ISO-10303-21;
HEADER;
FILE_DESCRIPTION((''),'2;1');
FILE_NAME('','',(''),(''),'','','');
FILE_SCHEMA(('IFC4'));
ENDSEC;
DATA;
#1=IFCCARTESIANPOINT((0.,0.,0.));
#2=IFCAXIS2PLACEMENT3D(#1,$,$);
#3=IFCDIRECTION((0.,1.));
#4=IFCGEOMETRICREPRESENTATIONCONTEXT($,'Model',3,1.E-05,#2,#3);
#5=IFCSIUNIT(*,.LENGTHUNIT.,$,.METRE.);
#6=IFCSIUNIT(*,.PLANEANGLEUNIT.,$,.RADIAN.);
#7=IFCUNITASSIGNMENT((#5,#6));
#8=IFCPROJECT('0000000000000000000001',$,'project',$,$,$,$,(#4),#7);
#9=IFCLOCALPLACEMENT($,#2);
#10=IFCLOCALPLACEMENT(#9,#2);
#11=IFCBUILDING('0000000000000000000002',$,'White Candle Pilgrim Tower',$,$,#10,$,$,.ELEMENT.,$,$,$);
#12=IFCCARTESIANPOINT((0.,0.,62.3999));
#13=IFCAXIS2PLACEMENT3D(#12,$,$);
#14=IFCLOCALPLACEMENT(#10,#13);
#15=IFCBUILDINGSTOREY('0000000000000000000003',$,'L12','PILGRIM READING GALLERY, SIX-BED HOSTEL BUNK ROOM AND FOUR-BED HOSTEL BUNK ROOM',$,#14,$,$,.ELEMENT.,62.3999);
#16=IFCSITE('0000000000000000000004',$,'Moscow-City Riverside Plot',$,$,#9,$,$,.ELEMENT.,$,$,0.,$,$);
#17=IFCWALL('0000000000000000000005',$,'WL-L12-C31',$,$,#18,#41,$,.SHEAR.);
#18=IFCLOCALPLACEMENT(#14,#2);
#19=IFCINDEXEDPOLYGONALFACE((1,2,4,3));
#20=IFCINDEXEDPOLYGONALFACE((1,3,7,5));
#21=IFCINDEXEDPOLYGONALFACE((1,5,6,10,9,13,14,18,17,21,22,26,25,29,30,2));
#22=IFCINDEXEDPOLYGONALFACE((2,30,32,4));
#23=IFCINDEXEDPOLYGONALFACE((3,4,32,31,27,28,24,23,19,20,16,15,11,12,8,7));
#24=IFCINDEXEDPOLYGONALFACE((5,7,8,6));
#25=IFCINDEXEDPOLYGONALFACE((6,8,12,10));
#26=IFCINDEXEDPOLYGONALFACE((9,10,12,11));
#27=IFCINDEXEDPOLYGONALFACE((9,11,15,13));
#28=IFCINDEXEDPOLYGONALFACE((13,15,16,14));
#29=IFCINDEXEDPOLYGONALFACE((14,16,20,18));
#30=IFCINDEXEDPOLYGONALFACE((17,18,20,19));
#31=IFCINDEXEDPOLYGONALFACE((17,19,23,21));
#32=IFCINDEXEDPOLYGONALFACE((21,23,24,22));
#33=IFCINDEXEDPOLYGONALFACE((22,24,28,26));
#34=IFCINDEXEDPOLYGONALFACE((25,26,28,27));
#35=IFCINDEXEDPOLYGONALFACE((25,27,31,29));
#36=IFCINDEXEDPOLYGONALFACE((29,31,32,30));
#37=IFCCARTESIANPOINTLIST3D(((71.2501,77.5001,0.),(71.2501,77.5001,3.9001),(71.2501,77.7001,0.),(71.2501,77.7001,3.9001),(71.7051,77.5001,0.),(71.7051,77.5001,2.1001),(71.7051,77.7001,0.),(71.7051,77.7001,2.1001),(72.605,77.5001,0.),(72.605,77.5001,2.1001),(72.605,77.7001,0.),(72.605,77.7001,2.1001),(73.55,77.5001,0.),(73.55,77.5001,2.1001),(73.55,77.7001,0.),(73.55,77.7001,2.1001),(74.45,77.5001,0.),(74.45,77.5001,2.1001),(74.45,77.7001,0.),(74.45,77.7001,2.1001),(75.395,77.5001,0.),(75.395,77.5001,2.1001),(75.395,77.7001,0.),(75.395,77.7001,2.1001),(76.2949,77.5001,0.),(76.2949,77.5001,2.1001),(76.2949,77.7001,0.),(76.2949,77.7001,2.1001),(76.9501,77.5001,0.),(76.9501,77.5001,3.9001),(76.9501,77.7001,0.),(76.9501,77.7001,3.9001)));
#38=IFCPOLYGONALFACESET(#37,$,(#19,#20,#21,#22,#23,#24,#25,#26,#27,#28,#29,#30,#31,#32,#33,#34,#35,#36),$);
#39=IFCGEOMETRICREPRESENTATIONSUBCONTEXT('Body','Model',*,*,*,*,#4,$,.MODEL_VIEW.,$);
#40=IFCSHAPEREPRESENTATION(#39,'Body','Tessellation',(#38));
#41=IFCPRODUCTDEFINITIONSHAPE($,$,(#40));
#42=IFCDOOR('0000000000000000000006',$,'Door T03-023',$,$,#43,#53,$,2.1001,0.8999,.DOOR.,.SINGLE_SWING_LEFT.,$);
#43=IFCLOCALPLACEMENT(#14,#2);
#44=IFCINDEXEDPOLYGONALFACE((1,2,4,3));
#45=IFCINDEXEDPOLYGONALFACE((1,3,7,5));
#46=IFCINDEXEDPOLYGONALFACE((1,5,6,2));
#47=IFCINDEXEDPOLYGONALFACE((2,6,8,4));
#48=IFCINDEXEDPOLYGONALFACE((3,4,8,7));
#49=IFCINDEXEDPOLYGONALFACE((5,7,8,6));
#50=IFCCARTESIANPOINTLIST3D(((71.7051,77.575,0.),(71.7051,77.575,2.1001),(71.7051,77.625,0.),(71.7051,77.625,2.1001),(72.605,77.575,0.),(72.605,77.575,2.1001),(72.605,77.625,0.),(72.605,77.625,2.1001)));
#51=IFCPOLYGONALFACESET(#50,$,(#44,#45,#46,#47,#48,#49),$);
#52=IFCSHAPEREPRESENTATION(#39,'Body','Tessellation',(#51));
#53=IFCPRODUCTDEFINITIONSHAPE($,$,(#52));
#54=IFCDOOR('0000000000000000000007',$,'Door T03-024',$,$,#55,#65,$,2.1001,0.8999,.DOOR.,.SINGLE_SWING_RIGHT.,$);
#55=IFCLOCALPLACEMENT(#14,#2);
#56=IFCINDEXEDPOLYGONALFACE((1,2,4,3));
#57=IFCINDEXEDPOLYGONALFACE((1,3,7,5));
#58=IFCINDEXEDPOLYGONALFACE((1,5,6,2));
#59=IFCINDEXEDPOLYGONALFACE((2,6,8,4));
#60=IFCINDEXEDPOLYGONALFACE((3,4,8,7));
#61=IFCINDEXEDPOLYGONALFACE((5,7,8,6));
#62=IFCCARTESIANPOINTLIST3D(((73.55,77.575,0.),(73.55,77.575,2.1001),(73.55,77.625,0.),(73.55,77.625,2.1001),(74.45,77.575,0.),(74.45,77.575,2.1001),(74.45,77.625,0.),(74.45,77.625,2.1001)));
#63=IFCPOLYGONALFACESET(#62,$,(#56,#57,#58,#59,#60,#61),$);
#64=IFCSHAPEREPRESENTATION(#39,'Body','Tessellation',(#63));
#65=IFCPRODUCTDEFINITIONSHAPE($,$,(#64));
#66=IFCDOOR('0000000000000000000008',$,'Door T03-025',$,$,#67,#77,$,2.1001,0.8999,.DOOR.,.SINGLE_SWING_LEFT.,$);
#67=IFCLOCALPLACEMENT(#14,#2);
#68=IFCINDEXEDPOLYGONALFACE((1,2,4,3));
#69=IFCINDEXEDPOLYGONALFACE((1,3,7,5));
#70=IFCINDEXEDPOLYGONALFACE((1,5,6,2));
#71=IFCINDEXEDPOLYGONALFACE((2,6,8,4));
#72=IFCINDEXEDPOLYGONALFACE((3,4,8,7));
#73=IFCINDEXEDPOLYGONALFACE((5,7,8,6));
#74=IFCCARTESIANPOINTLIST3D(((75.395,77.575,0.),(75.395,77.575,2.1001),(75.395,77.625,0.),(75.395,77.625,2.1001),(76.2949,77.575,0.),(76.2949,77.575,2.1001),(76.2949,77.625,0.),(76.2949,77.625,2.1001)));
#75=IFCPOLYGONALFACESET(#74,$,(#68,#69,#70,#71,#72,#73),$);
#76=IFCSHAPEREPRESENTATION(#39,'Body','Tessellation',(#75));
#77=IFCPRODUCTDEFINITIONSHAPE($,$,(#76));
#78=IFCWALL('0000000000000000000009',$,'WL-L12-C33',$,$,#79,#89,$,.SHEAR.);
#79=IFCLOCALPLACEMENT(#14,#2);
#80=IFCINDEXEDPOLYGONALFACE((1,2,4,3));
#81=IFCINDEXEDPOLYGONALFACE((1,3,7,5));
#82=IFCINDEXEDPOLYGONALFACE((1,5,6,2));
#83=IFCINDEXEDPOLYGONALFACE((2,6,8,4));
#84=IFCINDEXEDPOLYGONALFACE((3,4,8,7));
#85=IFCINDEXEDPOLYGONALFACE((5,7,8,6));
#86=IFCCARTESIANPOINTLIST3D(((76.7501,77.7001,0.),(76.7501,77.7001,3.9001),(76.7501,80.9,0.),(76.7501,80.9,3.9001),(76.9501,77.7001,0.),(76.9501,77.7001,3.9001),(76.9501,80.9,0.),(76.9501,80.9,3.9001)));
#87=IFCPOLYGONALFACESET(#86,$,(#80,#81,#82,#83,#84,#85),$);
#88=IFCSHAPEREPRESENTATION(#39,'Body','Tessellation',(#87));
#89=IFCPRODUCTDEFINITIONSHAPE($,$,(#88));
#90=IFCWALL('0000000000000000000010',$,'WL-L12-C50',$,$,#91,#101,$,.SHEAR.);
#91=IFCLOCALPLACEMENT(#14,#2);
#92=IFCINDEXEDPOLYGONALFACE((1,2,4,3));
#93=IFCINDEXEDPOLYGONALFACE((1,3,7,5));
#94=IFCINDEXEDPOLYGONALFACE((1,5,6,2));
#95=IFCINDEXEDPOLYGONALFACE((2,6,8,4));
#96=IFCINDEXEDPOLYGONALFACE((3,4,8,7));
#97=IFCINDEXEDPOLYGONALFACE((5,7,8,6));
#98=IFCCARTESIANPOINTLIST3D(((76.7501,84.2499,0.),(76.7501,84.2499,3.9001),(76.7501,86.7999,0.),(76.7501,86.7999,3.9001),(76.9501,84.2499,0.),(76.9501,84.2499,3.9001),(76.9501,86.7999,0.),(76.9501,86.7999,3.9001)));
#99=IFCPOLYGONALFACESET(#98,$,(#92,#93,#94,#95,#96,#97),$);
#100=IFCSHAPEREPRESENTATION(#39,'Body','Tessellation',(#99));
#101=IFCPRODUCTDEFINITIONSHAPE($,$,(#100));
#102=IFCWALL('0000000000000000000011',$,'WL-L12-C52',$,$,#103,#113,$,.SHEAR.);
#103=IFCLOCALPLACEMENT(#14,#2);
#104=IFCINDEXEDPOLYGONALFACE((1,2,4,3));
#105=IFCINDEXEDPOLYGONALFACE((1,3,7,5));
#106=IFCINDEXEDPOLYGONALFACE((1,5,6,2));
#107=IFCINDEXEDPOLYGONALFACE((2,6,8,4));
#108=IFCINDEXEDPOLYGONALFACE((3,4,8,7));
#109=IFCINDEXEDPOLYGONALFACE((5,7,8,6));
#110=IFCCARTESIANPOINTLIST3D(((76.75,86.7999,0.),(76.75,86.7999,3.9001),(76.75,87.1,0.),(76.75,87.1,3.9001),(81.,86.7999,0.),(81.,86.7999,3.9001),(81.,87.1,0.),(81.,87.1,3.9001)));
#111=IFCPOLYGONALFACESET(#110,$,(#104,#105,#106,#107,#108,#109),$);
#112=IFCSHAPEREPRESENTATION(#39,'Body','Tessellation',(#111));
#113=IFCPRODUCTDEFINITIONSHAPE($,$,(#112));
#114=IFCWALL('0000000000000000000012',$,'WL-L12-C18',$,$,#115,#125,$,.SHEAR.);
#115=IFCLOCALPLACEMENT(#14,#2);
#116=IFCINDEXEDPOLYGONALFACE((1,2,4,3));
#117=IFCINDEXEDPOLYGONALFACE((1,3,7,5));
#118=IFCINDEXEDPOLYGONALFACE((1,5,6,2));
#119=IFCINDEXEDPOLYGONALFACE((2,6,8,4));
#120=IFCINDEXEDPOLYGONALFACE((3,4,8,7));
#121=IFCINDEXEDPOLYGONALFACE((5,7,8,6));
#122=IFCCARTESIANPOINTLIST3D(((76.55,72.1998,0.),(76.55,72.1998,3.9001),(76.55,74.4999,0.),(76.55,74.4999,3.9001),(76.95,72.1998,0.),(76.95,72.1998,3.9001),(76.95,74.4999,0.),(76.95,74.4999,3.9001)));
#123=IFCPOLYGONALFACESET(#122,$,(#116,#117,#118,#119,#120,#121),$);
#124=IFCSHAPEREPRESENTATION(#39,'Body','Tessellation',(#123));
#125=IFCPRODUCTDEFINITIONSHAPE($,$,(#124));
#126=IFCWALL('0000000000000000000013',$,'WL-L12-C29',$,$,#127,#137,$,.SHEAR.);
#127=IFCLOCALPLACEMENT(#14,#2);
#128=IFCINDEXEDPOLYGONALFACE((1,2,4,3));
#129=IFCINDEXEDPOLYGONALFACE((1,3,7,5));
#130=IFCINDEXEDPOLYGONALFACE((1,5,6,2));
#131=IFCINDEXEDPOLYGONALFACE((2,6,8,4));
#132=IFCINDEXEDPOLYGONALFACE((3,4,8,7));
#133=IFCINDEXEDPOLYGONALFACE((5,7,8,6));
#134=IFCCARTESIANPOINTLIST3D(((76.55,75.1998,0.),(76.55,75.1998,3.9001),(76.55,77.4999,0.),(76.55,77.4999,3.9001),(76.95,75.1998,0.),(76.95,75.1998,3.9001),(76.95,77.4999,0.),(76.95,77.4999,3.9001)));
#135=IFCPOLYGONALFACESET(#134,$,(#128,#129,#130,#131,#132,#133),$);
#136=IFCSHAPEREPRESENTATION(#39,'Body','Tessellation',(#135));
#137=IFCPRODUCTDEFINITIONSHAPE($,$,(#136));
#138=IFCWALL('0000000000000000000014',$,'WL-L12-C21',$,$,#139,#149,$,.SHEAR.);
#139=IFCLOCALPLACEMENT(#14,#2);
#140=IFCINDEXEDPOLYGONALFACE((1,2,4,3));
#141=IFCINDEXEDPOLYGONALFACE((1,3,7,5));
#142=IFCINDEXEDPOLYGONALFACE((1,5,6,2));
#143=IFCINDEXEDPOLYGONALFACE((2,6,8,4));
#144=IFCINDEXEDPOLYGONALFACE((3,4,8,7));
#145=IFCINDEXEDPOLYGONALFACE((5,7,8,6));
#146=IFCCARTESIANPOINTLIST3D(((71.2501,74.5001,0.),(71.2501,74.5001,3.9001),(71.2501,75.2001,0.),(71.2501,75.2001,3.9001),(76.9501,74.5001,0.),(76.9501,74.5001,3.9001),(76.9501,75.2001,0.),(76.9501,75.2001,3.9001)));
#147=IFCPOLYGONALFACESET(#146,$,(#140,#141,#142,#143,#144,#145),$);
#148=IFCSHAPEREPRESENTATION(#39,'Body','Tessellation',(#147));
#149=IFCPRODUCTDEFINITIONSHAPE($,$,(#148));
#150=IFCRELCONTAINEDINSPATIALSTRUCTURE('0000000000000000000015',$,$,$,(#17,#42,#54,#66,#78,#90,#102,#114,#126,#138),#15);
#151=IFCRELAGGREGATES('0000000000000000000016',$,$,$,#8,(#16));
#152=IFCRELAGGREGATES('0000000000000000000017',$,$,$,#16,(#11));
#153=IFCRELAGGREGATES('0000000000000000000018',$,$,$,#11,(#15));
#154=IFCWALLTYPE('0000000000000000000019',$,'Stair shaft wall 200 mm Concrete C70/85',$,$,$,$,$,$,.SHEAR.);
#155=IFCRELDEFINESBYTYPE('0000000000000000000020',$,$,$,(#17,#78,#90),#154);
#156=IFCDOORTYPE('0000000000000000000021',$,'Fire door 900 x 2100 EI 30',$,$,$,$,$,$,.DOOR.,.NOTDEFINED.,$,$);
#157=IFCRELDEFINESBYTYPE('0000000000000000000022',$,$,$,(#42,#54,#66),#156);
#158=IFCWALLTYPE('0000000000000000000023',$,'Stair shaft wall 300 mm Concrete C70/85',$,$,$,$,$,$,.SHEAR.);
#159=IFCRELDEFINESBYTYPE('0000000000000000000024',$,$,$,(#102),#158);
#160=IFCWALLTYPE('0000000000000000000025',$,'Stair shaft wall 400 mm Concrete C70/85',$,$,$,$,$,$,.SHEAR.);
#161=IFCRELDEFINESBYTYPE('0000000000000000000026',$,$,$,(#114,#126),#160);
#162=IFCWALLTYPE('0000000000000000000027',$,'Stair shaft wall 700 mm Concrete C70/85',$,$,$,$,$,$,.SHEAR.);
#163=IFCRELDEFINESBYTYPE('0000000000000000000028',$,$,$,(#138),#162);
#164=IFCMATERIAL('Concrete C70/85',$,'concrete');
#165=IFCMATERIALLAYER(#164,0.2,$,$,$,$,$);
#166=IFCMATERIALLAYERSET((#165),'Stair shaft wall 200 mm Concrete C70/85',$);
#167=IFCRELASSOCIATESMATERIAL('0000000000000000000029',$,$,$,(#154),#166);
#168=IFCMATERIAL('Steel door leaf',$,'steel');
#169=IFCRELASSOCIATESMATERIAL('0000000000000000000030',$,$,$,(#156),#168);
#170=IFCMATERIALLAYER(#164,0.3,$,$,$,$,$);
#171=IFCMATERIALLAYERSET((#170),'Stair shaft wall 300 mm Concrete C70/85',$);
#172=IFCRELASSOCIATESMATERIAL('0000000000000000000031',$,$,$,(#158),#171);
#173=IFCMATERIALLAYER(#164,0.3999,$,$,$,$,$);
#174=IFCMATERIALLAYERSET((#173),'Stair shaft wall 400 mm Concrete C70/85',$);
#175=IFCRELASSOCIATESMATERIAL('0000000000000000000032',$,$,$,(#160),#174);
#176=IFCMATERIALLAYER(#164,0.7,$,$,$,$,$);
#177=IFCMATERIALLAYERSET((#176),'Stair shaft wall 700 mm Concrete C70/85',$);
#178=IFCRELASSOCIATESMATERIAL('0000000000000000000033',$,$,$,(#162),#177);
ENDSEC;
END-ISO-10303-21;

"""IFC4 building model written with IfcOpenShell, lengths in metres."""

from ifc_helpers import new_model, si_unit, direction, frame, frame_2d, origin, place, context, subcontext, project, spatial, rectangle, extrude, material, layer, layer_set, type_object, element, fill, save


model = new_model("IFC4")

# Units and contexts
model_context = context("Model", 3, precision=1e-05, world=origin(), true_north=direction((0.0, 1.0)))
body_context = subcontext(model_context, "Body", "Model", "MODEL_VIEW")
ifc_project = project(units=[si_unit("LENGTHUNIT", "METRE"), si_unit("PLANEANGLEUNIT", "RADIAN")], contexts=[model_context])

# Site, building, storey
site_placement = place(None, origin())
site = spatial("IfcSite", under=ifc_project, at=site_placement, Name="Moscow-City Riverside Plot", CompositionType="ELEMENT", RefElevation=0.0)
building_placement = place(site_placement, origin())
building = spatial("IfcBuilding", under=site, at=building_placement, Name="White Candle Pilgrim Tower", CompositionType="ELEMENT")
storey_placement = place(building_placement, frame((0.0, 0.0, 62.3999)))
storey = spatial("IfcBuildingStorey", under=building, at=storey_placement, Name="L12", Description="PILGRIM READING GALLERY, SIX-BED HOSTEL BUNK ROOM AND FOUR-BED HOSTEL BUNK ROOM", CompositionType="ELEMENT", Elevation=62.3999)

# Shared definitions
ifc_material_1 = material(Name="Concrete C70/85", Category="concrete")

# Wall, openings, doors
ifc_layer_1 = layer(ifc_material_1, 0.2)
ifc_layer_set_1 = layer_set([ifc_layer_1], Name="Stair shaft wall 200 mm Concrete C70/85")
wall_type_1 = type_object("IfcWallType", Name="Stair shaft wall 200 mm Concrete C70/85", PredefinedType="SHEAR", material=ifc_layer_set_1)
wall_1_placement = place(storey_placement, frame((71.25, 77.6001, 0.0), z_axis=(0.0, 0.0, 1.0), x_axis=(1.0, 0.0, 0.0)))
wall_1 = element("IfcWall", 1, at=wall_1_placement, inside=storey, type_object=wall_type_1, Name="WL-L12-C31", PredefinedType="SHEAR", context=body_context, shape_type="SweptSolid", body=[
    extrude(rectangle(XDim=5.7, YDim=0.2, at=frame_2d((2.8501, 0.0))), origin(), (0.0, 0.0, 1.0), 3.9001),
])
opening_1_placement = place(wall_1_placement, frame((0.4551, 0.0, 0.0)))
opening_1 = element("IfcOpeningElement", 2, at=opening_1_placement, cuts=wall_1, PredefinedType="OPENING", context=body_context, shape_type="SweptSolid", body=[
    extrude(rectangle(XDim=0.8999, YDim=2.1001, at=frame_2d((0.45, 1.05))), frame((0.0, 0.1099, 0.0), z_axis=(0.0, -1.0, 0.0), x_axis=(1.0, 0.0, 0.0)), (0.0, 0.0, 1.0), 0.22),
])
opening_2_placement = place(wall_1_placement, frame((2.3, 0.0, 0.0)))
opening_2 = element("IfcOpeningElement", 3, at=opening_2_placement, cuts=wall_1, PredefinedType="OPENING", context=body_context, shape_type="SweptSolid", body=[
    extrude(rectangle(XDim=0.8999, YDim=2.1001, at=frame_2d((0.45, 1.05))), frame((0.0, 0.1099, 0.0), z_axis=(0.0, -1.0, 0.0), x_axis=(1.0, 0.0, 0.0)), (0.0, 0.0, 1.0), 0.22),
])
opening_3_placement = place(wall_1_placement, frame((4.145, 0.0, 0.0)))
opening_3 = element("IfcOpeningElement", 4, at=opening_3_placement, cuts=wall_1, PredefinedType="OPENING", context=body_context, shape_type="SweptSolid", body=[
    extrude(rectangle(XDim=0.8999, YDim=2.1001, at=frame_2d((0.45, 1.05))), frame((0.0, 0.1099, 0.0), z_axis=(0.0, -1.0, 0.0), x_axis=(1.0, 0.0, 0.0)), (0.0, 0.0, 1.0), 0.22),
])
ifc_material_2 = material(Name="Steel door leaf", Category="steel")
door_type = type_object("IfcDoorType", Name="Fire door 900 x 2100 EI 30", OperationType="NOTDEFINED", PredefinedType="DOOR", material=ifc_material_2)
door_1_placement = place(opening_1_placement, origin())
door_1 = element("IfcDoor", 5, at=door_1_placement, inside=storey, type_object=door_type, Name="Door T03-023", OperationType="SINGLE_SWING_LEFT", OverallHeight=2.1001, OverallWidth=0.8999, PredefinedType="DOOR", context=body_context, shape_type="SweptSolid", body=[
    extrude(rectangle(XDim=0.8999, YDim=2.1001, at=frame_2d((0.45, 1.05))), frame((0.0, 0.0249, 0.0), z_axis=(0.0, -1.0, 0.0), x_axis=(1.0, 0.0, 0.0)), (0.0, 0.0, 1.0), 0.05),
])
fill(opening_1, door_1)
door_2_placement = place(opening_2_placement, origin())
door_2 = element("IfcDoor", 6, at=door_2_placement, inside=storey, type_object=door_type, Name="Door T03-024", OperationType="SINGLE_SWING_RIGHT", OverallHeight=2.1001, OverallWidth=0.8999, PredefinedType="DOOR", context=body_context, shape_type="SweptSolid", body=[
    extrude(rectangle(XDim=0.8999, YDim=2.1001, at=frame_2d((0.45, 1.05))), frame((0.0, 0.0249, 0.0), z_axis=(0.0, -1.0, 0.0), x_axis=(1.0, 0.0, 0.0)), (0.0, 0.0, 1.0), 0.05),
])
fill(opening_2, door_2)
door_3_placement = place(opening_3_placement, origin())
door_3 = element("IfcDoor", 7, at=door_3_placement, inside=storey, type_object=door_type, Name="Door T03-025", OperationType="SINGLE_SWING_LEFT", OverallHeight=2.1001, OverallWidth=0.8999, PredefinedType="DOOR", context=body_context, shape_type="SweptSolid", body=[
    extrude(rectangle(XDim=0.8999, YDim=2.1001, at=frame_2d((0.45, 1.05))), frame((0.0, 0.0249, 0.0), z_axis=(0.0, -1.0, 0.0), x_axis=(1.0, 0.0, 0.0)), (0.0, 0.0, 1.0), 0.05),
])
fill(opening_3, door_3)

# Walls
wall_2_placement = place(storey_placement, frame((76.8501, 77.7, 0.0), z_axis=(0.0, 0.0, 1.0), x_axis=(0.0, 1.0, 0.0)))
element("IfcWall", 8, at=wall_2_placement, inside=storey, type_object=wall_type_1, Name="WL-L12-C33", PredefinedType="SHEAR", context=body_context, shape_type="SweptSolid", body=[
    extrude(rectangle(XDim=3.2, YDim=0.2, at=frame_2d((1.6001, 0.0))), origin(), (0.0, 0.0, 1.0), 3.9001),
])
wall_3_placement = place(storey_placement, frame((76.8501, 84.25, 0.0), z_axis=(0.0, 0.0, 1.0), x_axis=(0.0, 1.0, 0.0)))
element("IfcWall", 9, at=wall_3_placement, inside=storey, type_object=wall_type_1, Name="WL-L12-C50", PredefinedType="SHEAR", context=body_context, shape_type="SweptSolid", body=[
    extrude(rectangle(XDim=2.55, YDim=0.2, at=frame_2d((1.2749, 0.0))), origin(), (0.0, 0.0, 1.0), 3.9001),
])
ifc_layer_2 = layer(ifc_material_1, 0.3)
ifc_layer_set_2 = layer_set([ifc_layer_2], Name="Stair shaft wall 300 mm Concrete C70/85")
wall_type_2 = type_object("IfcWallType", Name="Stair shaft wall 300 mm Concrete C70/85", PredefinedType="SHEAR", material=ifc_layer_set_2)
wall_4_placement = place(storey_placement, frame((76.75, 86.95, 0.0), z_axis=(0.0, 0.0, 1.0), x_axis=(1.0, 0.0, 0.0)))
element("IfcWall", 10, at=wall_4_placement, inside=storey, type_object=wall_type_2, Name="WL-L12-C52", PredefinedType="SHEAR", context=body_context, shape_type="SweptSolid", body=[
    extrude(rectangle(XDim=4.25, YDim=0.3, at=frame_2d((2.125, 0.0))), origin(), (0.0, 0.0, 1.0), 3.9001),
])
ifc_layer_3 = layer(ifc_material_1, 0.3999)
ifc_layer_set_3 = layer_set([ifc_layer_3], Name="Stair shaft wall 400 mm Concrete C70/85")
wall_type_3 = type_object("IfcWallType", Name="Stair shaft wall 400 mm Concrete C70/85", PredefinedType="SHEAR", material=ifc_layer_set_3)
for number, where, z_axis, x_axis, name in (
    (11, (76.75, 72.2, 0.0), (0.0, 0.0, 1.0), (0.0, 1.0, 0.0), "WL-L12-C18"),
    (12, (76.75, 75.2, 0.0), (0.0, 0.0, 1.0), (0.0, 1.0, 0.0), "WL-L12-C29"),
):
    element("IfcWall", number, at=place(storey_placement, frame(where, z_axis=z_axis, x_axis=x_axis)), inside=storey, type_object=wall_type_3, Name=name, PredefinedType="SHEAR", context=body_context, shape_type="SweptSolid", body=[
        extrude(rectangle(XDim=2.3, YDim=0.3999, at=frame_2d((1.1499, 0.0))), origin(), (0.0, 0.0, 1.0), 3.9001),
    ])
ifc_layer_4 = layer(ifc_material_1, 0.7)
ifc_layer_set_4 = layer_set([ifc_layer_4], Name="Stair shaft wall 700 mm Concrete C70/85")
wall_type_4 = type_object("IfcWallType", Name="Stair shaft wall 700 mm Concrete C70/85", PredefinedType="SHEAR", material=ifc_layer_set_4)
wall_5_placement = place(storey_placement, frame((71.25, 74.8501, 0.0), z_axis=(0.0, 0.0, 1.0), x_axis=(1.0, 0.0, 0.0)))
element("IfcWall", 13, at=wall_5_placement, inside=storey, type_object=wall_type_4, Name="WL-L12-C21", PredefinedType="SHEAR", context=body_context, shape_type="SweptSolid", body=[
    extrude(rectangle(XDim=5.7, YDim=0.7, at=frame_2d((2.8501, 0.0))), origin(), (0.0, 0.0, 1.0), 3.9001),
])

save(model, "model.ifc")
